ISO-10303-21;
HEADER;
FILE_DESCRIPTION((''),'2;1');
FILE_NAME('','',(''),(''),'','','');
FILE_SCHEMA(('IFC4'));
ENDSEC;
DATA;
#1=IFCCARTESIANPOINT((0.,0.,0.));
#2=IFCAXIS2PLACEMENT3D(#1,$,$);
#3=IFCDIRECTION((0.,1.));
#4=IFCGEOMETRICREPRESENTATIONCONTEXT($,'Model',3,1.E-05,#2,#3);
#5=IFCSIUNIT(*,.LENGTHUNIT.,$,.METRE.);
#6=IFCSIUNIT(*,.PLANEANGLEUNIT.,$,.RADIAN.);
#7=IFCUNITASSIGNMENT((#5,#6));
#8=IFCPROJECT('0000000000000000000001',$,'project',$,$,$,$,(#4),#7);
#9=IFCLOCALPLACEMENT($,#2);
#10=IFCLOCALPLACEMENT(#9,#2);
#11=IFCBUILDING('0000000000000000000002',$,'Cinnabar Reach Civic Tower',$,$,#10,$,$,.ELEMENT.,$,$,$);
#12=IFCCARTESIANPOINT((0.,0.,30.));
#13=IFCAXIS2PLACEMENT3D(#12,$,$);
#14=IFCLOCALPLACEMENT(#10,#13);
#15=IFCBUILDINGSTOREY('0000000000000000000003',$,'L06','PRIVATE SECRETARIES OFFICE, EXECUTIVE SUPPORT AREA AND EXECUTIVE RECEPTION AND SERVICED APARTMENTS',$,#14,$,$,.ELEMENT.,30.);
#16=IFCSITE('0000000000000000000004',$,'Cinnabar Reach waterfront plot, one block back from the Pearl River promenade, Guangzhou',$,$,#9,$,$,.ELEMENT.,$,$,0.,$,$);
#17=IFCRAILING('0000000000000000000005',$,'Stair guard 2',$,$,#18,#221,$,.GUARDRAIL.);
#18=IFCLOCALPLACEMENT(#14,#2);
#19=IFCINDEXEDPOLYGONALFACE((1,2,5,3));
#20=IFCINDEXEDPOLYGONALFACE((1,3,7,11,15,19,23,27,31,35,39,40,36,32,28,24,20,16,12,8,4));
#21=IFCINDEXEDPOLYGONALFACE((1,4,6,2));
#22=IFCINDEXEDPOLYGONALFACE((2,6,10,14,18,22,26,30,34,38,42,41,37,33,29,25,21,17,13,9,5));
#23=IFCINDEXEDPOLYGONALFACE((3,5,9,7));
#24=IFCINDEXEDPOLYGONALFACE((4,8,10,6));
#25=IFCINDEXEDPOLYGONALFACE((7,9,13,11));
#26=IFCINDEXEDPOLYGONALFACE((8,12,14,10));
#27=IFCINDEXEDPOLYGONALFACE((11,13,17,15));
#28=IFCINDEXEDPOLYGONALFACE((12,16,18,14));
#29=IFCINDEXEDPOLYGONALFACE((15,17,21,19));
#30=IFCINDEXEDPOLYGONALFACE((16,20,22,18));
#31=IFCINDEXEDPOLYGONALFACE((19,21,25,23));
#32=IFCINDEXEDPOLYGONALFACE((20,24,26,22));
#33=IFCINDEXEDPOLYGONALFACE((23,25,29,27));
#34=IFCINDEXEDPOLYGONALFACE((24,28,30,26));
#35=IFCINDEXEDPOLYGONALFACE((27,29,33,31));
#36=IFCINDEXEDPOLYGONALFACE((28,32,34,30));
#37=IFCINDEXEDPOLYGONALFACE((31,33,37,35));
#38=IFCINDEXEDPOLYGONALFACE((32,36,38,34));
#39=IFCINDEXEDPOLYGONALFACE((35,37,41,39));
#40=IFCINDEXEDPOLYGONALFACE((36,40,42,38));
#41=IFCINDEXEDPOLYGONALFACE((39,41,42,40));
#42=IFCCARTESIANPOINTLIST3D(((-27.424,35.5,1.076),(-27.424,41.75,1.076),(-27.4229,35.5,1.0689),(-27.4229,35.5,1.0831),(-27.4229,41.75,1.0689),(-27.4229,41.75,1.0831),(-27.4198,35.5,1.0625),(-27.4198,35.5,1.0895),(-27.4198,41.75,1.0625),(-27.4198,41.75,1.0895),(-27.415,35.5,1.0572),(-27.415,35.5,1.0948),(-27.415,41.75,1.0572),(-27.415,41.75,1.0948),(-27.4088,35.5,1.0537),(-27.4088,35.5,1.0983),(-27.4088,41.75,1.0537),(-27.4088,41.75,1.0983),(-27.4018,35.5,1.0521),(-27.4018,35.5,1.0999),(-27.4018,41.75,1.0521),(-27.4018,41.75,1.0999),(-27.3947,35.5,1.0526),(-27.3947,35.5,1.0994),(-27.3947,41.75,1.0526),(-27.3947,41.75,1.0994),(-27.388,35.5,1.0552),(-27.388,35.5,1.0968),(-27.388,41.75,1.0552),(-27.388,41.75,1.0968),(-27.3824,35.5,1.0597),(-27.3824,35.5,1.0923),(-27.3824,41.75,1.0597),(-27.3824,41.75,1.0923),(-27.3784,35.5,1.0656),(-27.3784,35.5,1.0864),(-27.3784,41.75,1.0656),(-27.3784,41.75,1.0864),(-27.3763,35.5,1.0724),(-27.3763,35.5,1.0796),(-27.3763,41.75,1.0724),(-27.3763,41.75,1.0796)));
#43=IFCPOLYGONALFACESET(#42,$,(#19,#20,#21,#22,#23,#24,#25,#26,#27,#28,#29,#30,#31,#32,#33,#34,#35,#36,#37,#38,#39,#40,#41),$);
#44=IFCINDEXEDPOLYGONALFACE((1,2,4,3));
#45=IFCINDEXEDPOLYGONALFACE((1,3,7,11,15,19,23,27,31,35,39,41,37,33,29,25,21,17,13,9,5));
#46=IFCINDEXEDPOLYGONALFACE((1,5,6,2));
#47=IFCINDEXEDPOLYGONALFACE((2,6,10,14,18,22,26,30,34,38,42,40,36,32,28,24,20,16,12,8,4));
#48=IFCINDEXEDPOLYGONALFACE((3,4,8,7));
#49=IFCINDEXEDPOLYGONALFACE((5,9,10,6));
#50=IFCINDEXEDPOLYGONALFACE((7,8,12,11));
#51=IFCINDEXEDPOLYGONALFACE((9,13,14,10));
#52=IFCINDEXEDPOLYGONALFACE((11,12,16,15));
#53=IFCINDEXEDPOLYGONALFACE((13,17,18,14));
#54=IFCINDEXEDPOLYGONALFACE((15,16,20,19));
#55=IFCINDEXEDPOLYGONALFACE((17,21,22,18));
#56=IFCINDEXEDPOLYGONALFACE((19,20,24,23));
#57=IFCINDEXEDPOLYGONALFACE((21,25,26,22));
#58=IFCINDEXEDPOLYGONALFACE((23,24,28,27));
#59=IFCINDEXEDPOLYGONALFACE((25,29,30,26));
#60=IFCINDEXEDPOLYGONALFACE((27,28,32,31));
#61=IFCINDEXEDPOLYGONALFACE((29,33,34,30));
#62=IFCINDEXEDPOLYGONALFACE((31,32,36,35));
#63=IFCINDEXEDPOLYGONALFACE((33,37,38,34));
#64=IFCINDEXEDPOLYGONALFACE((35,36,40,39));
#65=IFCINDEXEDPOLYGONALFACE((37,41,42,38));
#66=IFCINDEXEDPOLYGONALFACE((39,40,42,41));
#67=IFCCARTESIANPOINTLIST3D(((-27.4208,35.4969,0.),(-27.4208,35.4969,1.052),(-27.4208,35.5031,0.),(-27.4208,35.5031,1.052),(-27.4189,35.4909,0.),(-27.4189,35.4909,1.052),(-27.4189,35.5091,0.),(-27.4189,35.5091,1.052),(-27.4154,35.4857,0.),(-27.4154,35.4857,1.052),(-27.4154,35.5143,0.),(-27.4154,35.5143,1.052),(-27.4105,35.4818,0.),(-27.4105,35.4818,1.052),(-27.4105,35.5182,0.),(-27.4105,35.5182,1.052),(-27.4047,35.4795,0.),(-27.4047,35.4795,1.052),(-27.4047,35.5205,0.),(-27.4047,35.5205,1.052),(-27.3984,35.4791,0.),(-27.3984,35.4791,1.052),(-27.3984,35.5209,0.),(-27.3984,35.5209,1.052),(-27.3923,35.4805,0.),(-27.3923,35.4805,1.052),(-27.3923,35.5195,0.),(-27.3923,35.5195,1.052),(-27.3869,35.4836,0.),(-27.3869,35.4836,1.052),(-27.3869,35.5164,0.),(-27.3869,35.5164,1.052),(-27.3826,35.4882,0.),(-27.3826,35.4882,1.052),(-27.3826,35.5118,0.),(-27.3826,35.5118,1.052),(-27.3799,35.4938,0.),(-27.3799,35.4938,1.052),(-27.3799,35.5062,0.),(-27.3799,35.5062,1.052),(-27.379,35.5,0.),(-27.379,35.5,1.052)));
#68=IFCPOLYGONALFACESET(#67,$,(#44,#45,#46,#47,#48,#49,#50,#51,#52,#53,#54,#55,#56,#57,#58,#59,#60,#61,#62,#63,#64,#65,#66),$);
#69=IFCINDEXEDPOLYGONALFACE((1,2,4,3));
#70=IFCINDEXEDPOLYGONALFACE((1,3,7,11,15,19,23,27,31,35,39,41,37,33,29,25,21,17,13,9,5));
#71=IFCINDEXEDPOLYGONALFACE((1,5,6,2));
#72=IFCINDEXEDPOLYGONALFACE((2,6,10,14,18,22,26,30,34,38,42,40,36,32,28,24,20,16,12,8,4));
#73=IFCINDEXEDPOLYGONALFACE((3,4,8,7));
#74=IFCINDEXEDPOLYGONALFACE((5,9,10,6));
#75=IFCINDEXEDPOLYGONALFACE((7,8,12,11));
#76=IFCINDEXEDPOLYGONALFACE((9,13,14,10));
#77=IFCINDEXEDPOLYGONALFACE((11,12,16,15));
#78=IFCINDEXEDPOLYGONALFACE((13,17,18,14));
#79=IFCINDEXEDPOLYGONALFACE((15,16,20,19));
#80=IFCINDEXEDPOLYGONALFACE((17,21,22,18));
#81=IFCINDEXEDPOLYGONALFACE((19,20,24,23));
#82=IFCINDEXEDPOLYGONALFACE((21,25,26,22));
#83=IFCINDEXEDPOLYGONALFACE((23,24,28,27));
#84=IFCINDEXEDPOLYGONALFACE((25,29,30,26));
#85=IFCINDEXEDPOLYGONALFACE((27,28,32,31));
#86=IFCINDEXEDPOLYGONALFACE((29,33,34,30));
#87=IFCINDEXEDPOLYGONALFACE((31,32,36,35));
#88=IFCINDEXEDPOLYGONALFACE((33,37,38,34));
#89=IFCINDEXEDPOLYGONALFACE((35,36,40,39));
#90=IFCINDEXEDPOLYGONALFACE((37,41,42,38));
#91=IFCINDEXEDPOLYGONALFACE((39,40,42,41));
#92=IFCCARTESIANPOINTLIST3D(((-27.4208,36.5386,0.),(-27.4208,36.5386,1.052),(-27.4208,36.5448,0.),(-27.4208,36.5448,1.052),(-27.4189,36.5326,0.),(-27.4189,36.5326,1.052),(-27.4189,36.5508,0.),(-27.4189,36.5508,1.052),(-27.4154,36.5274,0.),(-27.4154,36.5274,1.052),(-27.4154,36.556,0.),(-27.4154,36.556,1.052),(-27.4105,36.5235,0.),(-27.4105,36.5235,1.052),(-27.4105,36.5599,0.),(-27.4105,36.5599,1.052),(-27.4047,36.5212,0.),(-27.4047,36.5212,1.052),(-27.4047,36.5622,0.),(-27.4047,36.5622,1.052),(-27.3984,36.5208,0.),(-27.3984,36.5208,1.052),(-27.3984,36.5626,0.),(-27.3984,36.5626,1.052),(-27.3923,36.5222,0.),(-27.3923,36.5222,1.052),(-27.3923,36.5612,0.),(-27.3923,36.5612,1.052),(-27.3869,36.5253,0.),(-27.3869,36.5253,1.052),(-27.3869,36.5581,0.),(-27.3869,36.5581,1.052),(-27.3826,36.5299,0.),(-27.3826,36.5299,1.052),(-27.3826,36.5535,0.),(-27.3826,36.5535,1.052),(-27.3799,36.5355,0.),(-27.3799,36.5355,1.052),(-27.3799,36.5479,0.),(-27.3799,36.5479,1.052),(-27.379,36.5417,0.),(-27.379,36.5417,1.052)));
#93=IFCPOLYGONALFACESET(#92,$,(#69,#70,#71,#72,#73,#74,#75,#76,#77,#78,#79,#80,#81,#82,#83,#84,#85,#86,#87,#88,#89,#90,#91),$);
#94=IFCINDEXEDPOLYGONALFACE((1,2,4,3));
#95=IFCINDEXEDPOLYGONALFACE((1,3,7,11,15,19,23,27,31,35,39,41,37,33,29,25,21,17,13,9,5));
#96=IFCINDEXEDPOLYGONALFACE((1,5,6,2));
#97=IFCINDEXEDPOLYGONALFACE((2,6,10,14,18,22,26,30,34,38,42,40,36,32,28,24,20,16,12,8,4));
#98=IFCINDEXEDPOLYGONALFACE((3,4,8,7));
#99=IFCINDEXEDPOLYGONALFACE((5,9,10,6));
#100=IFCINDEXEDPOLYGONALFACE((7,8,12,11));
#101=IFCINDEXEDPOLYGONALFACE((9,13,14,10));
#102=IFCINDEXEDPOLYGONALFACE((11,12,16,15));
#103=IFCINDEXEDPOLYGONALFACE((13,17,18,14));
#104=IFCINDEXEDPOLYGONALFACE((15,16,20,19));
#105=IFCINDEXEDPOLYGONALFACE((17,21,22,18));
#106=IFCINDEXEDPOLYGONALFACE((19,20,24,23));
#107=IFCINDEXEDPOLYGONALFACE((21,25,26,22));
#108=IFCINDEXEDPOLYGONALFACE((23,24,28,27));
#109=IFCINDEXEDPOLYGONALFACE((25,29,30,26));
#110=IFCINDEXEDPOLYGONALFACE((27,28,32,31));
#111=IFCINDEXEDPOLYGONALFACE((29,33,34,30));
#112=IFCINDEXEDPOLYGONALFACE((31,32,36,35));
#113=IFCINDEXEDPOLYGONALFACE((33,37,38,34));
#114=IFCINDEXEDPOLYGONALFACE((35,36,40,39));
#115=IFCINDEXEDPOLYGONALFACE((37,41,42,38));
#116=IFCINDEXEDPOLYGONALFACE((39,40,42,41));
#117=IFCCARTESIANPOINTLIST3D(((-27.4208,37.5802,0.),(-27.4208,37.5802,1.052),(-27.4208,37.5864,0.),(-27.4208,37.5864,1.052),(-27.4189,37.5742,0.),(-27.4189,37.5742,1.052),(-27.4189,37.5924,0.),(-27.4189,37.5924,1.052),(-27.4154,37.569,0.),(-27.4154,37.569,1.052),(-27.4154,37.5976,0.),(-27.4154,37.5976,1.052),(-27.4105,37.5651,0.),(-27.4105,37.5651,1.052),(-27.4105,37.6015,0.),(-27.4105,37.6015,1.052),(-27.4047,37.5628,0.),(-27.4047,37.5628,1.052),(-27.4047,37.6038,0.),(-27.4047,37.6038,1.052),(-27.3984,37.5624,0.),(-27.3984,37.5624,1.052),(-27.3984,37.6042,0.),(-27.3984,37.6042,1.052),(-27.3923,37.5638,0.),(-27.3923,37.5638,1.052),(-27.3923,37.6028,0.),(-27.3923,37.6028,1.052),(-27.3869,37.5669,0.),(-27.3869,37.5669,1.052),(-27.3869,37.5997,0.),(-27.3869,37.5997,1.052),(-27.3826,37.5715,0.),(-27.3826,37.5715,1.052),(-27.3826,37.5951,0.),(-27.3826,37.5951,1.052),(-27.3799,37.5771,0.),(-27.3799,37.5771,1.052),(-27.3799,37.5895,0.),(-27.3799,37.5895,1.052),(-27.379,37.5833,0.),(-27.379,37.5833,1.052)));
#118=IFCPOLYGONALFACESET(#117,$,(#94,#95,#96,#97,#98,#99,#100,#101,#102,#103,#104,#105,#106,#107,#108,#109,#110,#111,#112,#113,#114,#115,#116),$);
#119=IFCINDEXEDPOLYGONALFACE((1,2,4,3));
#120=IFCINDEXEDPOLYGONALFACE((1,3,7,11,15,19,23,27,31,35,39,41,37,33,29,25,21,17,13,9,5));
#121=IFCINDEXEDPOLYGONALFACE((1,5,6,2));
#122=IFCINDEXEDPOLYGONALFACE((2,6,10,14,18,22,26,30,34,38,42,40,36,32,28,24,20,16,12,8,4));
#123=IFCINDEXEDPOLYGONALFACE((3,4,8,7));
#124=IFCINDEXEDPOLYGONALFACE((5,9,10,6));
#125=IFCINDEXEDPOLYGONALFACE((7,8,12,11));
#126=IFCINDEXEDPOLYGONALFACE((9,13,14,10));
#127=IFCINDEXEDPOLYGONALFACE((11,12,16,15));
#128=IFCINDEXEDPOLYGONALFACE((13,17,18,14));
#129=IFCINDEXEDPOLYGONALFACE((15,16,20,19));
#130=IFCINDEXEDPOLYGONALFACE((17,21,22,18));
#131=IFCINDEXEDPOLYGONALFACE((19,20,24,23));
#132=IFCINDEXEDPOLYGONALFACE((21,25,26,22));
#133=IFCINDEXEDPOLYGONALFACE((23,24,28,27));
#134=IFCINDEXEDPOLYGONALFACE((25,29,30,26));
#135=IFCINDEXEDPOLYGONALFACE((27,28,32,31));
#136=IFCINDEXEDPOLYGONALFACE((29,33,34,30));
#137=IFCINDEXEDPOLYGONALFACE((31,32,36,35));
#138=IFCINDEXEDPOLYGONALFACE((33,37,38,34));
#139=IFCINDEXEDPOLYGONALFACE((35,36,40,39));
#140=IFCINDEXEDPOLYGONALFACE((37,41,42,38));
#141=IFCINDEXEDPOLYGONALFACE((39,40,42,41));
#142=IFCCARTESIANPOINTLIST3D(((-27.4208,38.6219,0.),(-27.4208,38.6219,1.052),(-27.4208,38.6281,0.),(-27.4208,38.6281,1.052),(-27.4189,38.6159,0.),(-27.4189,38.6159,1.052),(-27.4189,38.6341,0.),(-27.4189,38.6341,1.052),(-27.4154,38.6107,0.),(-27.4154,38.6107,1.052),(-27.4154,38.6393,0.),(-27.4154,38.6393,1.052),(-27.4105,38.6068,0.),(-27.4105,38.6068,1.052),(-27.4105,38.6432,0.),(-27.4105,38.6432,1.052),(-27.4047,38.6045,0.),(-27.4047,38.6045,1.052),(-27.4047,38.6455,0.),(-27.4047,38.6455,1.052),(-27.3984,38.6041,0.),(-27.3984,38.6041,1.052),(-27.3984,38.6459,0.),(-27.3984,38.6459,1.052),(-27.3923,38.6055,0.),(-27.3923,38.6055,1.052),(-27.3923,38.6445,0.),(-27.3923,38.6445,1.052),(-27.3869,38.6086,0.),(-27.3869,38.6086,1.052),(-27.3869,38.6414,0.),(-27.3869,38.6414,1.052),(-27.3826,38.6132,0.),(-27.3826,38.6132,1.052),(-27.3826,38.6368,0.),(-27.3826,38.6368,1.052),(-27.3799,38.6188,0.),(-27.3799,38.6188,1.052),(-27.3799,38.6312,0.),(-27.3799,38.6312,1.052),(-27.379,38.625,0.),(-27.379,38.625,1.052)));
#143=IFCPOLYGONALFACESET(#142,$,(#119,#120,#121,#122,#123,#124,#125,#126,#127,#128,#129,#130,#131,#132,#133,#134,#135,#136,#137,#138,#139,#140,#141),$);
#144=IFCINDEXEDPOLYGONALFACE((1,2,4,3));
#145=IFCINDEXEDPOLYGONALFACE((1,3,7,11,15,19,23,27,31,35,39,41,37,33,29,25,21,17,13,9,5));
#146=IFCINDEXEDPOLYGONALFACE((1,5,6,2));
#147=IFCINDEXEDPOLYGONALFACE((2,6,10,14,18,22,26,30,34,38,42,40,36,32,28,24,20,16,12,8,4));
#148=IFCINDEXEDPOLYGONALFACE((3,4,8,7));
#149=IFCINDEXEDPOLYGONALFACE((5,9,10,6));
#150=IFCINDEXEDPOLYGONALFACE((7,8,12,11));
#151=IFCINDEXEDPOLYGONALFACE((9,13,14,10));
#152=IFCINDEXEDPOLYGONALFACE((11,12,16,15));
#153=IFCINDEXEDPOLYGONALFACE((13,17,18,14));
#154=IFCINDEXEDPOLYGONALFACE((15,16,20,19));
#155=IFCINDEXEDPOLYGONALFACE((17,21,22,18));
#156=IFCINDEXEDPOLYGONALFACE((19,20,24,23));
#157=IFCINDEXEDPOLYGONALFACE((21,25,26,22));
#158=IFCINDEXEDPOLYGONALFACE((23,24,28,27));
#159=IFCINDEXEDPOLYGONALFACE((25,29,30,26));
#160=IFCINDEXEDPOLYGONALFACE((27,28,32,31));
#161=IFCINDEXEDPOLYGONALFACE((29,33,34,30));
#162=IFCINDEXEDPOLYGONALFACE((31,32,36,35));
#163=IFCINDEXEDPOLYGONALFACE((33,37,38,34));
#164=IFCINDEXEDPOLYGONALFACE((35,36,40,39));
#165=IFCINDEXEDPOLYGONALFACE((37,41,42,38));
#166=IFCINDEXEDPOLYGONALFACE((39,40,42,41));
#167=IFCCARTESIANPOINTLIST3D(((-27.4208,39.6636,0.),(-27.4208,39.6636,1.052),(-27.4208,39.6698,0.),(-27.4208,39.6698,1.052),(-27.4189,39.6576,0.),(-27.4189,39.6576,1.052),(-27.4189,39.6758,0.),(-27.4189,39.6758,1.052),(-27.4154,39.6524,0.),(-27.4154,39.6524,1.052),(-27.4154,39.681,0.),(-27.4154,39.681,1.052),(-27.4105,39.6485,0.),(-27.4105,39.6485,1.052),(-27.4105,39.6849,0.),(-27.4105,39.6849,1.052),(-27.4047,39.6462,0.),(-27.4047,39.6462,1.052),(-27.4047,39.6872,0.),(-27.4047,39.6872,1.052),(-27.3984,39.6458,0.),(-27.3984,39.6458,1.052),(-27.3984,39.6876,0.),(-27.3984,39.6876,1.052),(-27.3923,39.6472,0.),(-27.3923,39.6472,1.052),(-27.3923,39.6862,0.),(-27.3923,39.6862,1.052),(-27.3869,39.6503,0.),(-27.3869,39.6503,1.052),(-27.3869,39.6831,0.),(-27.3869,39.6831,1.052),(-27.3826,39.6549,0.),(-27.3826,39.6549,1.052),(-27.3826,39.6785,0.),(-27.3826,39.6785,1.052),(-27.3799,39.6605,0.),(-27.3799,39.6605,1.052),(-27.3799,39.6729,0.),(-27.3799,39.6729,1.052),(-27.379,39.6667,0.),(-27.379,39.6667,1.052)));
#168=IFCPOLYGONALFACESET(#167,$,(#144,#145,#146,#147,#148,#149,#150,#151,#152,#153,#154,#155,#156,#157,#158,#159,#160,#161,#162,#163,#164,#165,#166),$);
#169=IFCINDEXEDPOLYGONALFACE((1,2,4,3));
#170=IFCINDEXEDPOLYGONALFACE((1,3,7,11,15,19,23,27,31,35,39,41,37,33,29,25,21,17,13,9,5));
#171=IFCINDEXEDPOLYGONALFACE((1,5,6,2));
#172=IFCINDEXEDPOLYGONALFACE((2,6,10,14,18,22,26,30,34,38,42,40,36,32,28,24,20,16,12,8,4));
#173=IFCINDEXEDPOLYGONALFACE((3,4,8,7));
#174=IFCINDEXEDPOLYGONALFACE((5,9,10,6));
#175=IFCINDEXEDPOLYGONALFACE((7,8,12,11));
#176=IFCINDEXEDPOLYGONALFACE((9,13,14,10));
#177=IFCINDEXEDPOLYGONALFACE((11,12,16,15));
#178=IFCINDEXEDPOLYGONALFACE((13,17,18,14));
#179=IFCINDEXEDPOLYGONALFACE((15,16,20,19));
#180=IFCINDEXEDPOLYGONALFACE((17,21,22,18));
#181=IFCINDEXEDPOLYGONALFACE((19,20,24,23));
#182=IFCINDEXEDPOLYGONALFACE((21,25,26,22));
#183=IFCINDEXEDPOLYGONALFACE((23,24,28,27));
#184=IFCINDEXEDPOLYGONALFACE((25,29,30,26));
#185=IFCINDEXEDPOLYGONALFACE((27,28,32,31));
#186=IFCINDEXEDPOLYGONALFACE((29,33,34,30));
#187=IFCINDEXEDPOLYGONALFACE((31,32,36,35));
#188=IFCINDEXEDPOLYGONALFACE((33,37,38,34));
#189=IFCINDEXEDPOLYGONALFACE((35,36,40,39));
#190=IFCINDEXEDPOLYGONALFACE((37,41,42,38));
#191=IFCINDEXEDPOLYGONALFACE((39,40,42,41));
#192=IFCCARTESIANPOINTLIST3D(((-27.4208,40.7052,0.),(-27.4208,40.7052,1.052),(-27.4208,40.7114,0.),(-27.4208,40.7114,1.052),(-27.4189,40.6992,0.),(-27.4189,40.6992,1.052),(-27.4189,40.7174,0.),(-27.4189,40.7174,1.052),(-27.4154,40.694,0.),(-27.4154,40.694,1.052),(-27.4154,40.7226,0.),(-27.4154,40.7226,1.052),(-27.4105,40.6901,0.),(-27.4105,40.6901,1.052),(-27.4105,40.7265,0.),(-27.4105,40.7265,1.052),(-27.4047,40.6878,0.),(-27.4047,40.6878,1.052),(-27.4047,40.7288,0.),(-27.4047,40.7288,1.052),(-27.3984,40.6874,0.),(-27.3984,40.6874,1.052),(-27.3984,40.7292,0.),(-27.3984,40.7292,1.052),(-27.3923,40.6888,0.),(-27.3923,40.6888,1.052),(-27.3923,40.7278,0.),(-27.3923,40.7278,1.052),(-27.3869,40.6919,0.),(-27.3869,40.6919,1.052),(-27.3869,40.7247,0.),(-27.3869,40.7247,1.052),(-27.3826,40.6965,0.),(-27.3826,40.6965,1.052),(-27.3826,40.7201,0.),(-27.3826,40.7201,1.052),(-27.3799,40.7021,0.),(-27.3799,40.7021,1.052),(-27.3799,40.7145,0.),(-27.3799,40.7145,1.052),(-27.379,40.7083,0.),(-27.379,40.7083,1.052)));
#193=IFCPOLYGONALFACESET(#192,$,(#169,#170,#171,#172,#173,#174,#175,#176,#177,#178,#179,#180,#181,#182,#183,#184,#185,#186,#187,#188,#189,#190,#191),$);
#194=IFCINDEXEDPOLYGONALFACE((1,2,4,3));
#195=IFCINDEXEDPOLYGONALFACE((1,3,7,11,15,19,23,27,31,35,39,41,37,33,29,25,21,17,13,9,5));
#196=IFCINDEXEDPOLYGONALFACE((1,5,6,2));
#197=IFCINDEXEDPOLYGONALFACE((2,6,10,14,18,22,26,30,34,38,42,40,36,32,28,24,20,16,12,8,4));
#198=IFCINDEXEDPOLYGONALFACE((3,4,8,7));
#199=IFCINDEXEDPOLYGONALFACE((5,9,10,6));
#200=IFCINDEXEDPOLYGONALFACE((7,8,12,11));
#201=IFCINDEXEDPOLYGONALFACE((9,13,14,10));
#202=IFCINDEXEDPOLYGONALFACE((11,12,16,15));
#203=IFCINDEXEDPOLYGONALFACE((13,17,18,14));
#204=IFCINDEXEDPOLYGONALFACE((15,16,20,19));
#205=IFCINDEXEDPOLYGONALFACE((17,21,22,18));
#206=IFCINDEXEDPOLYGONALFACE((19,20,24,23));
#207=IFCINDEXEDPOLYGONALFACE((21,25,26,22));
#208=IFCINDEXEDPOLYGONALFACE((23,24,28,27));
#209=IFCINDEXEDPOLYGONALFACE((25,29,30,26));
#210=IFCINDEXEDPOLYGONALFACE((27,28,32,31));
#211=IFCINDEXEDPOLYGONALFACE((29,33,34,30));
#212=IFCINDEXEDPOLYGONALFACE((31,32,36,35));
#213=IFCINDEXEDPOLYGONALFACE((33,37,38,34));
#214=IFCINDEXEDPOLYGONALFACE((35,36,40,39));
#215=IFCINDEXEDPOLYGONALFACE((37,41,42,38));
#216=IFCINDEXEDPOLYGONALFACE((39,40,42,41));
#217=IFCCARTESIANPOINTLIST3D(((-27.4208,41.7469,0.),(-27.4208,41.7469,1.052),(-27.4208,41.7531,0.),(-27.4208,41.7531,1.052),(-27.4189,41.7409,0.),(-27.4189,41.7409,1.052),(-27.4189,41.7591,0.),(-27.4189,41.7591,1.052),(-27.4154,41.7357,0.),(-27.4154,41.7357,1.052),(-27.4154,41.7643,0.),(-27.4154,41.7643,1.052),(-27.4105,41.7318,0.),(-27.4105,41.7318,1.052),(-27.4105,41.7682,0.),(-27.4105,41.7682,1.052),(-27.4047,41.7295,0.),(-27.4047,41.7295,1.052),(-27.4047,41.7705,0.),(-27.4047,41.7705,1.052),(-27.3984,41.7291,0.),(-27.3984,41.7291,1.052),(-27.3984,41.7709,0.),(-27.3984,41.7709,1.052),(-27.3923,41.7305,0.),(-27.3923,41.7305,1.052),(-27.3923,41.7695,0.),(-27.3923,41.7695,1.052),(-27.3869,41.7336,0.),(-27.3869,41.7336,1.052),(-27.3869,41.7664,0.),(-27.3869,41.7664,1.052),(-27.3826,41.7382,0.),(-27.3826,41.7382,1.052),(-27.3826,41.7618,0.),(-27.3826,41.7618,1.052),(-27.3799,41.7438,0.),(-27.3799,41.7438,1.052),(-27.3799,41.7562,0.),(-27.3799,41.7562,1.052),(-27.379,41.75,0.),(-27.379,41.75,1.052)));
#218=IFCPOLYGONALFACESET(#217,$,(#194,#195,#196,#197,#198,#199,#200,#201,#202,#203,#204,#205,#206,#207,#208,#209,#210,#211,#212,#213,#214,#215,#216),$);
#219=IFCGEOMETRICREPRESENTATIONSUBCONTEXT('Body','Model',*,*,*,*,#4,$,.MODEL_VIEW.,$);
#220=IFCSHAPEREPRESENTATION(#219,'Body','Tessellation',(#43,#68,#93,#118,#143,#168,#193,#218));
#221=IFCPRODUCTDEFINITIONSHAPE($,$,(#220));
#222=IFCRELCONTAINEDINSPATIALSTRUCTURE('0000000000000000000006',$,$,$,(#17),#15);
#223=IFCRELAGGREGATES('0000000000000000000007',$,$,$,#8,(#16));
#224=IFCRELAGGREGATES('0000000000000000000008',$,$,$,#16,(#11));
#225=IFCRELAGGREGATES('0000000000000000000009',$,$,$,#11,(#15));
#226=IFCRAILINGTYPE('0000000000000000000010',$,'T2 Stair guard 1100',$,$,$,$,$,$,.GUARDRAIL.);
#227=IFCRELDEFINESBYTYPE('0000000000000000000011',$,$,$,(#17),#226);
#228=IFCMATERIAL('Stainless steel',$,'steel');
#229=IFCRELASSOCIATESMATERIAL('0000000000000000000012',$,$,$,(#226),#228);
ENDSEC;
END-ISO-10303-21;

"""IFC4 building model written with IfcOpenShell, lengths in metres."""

from ifc_helpers import new_model, si_unit, direction, frame, origin, origin_2d, place, context, subcontext, project, spatial, circle, extrude, material, type_object, element, save


model = new_model("IFC4")

# Units and contexts
model_context = context("Model", 3, precision=1e-05, world=origin(), true_north=direction((0.0, 1.0)))
body_context = subcontext(model_context, "Body", "Model", "MODEL_VIEW")
ifc_project = project(units=[si_unit("LENGTHUNIT", "METRE"), si_unit("PLANEANGLEUNIT", "RADIAN")], contexts=[model_context])

# Site, building, storey
site_placement = place(None, origin())
site = spatial("IfcSite", under=ifc_project, at=site_placement, Name="Cinnabar Reach waterfront plot, one block back from the Pearl River promenade, Guangzhou", CompositionType="ELEMENT", RefElevation=0.0)
building_placement = place(site_placement, origin())
building = spatial("IfcBuilding", under=site, at=building_placement, Name="Cinnabar Reach Civic Tower", CompositionType="ELEMENT")
storey_placement = place(building_placement, frame((0.0, 0.0, 30.0)))
storey = spatial("IfcBuildingStorey", under=building, at=storey_placement, Name="L06", Description="PRIVATE SECRETARIES OFFICE, EXECUTIVE SUPPORT AREA AND EXECUTIVE RECEPTION AND SERVICED APARTMENTS", CompositionType="ELEMENT", Elevation=30.0)

# Railing
ifc_material_1 = material(Name="Stainless steel", Category="steel")
railing_type = type_object("IfcRailingType", Name="T2 Stair guard 1100", PredefinedType="GUARDRAIL", material=ifc_material_1)
for number, where, name in (
    (1, (-27.4, 35.5, 0.0), "Stair guard 2"),
):
    element("IfcRailing", number, at=place(storey_placement, frame(where)), inside=storey, type_object=railing_type, Name=name, PredefinedType="GUARDRAIL", context=body_context, shape_type="SweptSolid", body=[
        extrude(circle(Radius=0.024, at=origin_2d()), frame((0.0, 0.0, 1.076), z_axis=(0.0, 1.0, 0.0), x_axis=(-1.0, 0.0, 0.0)), (0.0, 0.0, 1.0), 6.25),
        extrude(circle(Radius=0.021, at=origin_2d()), origin(), (0.0, 0.0, 1.0), 1.052),
        extrude(circle(Radius=0.021, at=origin_2d()), frame((0.0, 1.0417, 0.0)), (0.0, 0.0, 1.0), 1.052),
        extrude(circle(Radius=0.021, at=origin_2d()), frame((0.0, 2.0833, 0.0)), (0.0, 0.0, 1.0), 1.052),
        extrude(circle(Radius=0.021, at=origin_2d()), frame((0.0, 3.125, 0.0)), (0.0, 0.0, 1.0), 1.052),
        extrude(circle(Radius=0.021, at=origin_2d()), frame((0.0, 4.1667, 0.0)), (0.0, 0.0, 1.0), 1.052),
        extrude(circle(Radius=0.021, at=origin_2d()), frame((0.0, 5.2083, 0.0)), (0.0, 0.0, 1.0), 1.052),
        extrude(circle(Radius=0.021, at=origin_2d()), frame((0.0, 6.25, 0.0)), (0.0, 0.0, 1.0), 1.052),
    ])

save(model, "model.ifc")
